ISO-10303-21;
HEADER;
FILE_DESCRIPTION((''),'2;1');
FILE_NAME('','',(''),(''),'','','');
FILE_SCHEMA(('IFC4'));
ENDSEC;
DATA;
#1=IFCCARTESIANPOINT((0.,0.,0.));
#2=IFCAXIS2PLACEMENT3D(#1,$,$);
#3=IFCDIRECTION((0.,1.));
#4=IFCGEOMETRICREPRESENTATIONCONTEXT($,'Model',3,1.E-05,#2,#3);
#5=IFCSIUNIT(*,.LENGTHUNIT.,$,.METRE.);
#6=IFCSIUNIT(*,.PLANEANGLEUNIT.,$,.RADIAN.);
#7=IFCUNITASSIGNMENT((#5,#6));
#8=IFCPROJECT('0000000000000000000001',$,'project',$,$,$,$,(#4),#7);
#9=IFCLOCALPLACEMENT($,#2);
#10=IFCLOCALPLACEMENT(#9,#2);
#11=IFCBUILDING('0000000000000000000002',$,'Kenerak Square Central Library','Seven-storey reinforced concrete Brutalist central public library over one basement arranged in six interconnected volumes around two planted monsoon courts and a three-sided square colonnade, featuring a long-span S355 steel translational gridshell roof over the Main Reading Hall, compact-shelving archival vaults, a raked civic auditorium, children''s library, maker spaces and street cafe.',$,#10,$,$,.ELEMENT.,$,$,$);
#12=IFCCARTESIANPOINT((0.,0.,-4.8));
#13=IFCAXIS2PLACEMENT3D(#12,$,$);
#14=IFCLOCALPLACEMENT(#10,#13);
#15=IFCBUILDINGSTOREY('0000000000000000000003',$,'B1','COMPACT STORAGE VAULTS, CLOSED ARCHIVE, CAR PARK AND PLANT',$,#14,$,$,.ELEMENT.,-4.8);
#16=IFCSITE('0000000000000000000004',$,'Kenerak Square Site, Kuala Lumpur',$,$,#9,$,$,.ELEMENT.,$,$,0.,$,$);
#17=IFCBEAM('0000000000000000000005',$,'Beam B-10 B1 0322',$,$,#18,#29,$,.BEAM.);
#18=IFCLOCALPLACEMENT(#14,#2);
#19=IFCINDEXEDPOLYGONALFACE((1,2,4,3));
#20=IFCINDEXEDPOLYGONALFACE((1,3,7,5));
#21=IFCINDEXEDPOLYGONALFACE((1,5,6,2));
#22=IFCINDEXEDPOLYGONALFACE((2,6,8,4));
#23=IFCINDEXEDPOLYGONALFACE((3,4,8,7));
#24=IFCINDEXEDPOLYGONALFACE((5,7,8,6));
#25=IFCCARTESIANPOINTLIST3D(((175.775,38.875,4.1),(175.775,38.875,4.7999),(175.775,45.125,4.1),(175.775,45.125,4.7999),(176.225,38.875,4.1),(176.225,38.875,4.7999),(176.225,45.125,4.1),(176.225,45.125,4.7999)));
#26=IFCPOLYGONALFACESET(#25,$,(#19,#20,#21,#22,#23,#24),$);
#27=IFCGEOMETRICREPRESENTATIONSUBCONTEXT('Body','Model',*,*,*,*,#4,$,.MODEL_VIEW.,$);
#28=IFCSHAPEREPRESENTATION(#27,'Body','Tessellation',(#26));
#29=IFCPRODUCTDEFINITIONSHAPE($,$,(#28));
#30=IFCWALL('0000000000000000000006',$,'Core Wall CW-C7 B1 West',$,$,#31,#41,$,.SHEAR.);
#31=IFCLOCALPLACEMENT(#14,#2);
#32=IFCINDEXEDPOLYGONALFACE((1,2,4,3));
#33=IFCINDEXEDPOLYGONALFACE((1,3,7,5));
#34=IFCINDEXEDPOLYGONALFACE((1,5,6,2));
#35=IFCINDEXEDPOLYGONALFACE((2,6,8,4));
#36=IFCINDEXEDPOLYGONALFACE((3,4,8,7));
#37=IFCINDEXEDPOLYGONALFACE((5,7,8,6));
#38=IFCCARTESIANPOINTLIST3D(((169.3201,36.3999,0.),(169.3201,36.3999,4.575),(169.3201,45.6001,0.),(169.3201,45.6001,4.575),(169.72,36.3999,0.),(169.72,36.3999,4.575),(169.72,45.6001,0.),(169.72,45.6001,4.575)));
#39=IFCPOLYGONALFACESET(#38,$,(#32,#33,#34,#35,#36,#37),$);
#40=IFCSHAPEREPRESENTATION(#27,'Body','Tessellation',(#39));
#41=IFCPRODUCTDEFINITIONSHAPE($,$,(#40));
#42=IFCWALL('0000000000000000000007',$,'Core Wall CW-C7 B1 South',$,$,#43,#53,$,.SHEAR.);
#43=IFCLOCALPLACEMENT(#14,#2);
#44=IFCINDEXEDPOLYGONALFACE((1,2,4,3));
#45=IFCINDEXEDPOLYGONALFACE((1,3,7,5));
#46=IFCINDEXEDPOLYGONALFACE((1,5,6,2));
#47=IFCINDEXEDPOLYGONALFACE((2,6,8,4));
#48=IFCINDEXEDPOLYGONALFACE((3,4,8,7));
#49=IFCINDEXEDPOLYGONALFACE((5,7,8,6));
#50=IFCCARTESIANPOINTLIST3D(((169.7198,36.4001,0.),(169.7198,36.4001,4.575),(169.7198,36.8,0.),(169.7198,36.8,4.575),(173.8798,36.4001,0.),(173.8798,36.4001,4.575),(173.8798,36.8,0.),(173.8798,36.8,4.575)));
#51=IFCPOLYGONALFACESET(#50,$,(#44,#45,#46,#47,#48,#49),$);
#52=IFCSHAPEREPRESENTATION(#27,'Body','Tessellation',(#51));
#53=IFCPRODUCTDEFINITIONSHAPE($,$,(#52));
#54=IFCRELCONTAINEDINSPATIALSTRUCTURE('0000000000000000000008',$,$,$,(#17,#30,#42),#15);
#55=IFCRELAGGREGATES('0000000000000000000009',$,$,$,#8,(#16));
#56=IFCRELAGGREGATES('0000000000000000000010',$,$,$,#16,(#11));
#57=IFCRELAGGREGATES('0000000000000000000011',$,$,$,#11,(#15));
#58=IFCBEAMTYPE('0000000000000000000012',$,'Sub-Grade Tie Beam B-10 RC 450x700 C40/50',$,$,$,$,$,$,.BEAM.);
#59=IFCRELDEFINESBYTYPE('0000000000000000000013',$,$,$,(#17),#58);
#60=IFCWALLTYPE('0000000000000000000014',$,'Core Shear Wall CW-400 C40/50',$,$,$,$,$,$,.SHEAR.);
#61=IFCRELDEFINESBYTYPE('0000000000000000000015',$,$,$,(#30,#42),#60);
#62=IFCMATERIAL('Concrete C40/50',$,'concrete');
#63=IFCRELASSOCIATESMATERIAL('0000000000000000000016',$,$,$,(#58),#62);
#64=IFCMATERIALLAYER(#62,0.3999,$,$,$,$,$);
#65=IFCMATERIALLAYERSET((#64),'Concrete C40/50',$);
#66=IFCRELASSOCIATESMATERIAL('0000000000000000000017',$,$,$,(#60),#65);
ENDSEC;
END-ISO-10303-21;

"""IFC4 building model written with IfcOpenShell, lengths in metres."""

from ifc_helpers import new_model, si_unit, direction, frame, frame_2d, origin, origin_2d, place, context, subcontext, project, spatial, rectangle, extrude, material, layer, layer_set, material_profile, profile_set, type_object, element, save


model = new_model("IFC4")

# Units and contexts
model_context = context("Model", 3, precision=1e-05, world=origin(), true_north=direction((0.0, 1.0)))
body_context = subcontext(model_context, "Body", "Model", "MODEL_VIEW")
ifc_project = project(units=[si_unit("LENGTHUNIT", "METRE"), si_unit("PLANEANGLEUNIT", "RADIAN")], contexts=[model_context])

# Site, building, storey
site_placement = place(None, origin())
site = spatial("IfcSite", under=ifc_project, at=site_placement, Name="Kenerak Square Site, Kuala Lumpur", CompositionType="ELEMENT", RefElevation=0.0)
building_placement = place(site_placement, origin())
building = spatial("IfcBuilding", under=site, at=building_placement, Name="Kenerak Square Central Library", Description="Seven-storey reinforced concrete Brutalist central public library over one basement arranged in six interconnected volumes around two planted monsoon courts and a three-sided square colonnade, featuring a long-span S355 steel translational gridshell roof over the Main Reading Hall, compact-shelving archival vaults, a raked civic auditorium, children's library, maker spaces and street cafe.", CompositionType="ELEMENT")
storey_placement = place(building_placement, frame((0.0, 0.0, -4.8)))
storey = spatial("IfcBuildingStorey", under=building, at=storey_placement, Name="B1", Description="COMPACT STORAGE VAULTS, CLOSED ARCHIVE, CAR PARK AND PLANT", CompositionType="ELEMENT", Elevation=-4.8)

# Shared definitions
ifc_material_1 = material(Name="Concrete C40/50", Category="concrete")

# Beam
ifc_material_profile_1 = material_profile(ifc_material_1, rectangle(XDim=0.45, YDim=0.7, at=origin_2d()), Name="RC 450x700")
ifc_profile_set_1 = profile_set([ifc_material_profile_1], Name="Concrete C40/50")
beam_type_1 = type_object("IfcBeamType", Name="Sub-Grade Tie Beam B-10 RC 450x700 C40/50", PredefinedType="BEAM", material=ifc_profile_set_1)
for number, where, z_axis, x_axis, name in (
    (1, (176.0, 38.875, 4.45), (0.0, 1.0, 0.0), (-1.0, 0.0, 0.0), "Beam B-10 B1 0322"),
):
    element("IfcBeam", number, at=place(storey_placement, frame(where, z_axis=z_axis, x_axis=x_axis)), inside=storey, type_object=beam_type_1, Name=name, PredefinedType="BEAM", context=body_context, shape_type="SweptSolid", body=[
        extrude(rectangle(XDim=0.45, YDim=0.7, at=origin_2d()), origin(), (0.0, 0.0, 1.0), 6.25),
    ])

# Walls
ifc_layer = layer(ifc_material_1, 0.3999)
ifc_layer_set = layer_set([ifc_layer], Name="Concrete C40/50")
wall_type = type_object("IfcWallType", Name="Core Shear Wall CW-400 C40/50", PredefinedType="SHEAR", material=ifc_layer_set)
wall_1_placement = place(storey_placement, frame((169.52, 36.3999, 0.0), z_axis=(0.0, 0.0, 1.0), x_axis=(0.0, 1.0, 0.0)))
element("IfcWall", 2, at=wall_1_placement, inside=storey, type_object=wall_type, Name="Core Wall CW-C7 B1 West", PredefinedType="SHEAR", context=body_context, shape_type="SweptSolid", body=[
    extrude(rectangle(XDim=9.2002, YDim=0.3999, at=frame_2d((4.6001, 0.0))), origin(), (0.0, 0.0, 1.0), 4.575),
])
wall_2_placement = place(storey_placement, frame((173.8799, 36.6001, 0.0), z_axis=(0.0, 0.0, 1.0), x_axis=(-1.0, 0.0, 0.0)))
element("IfcWall", 3, at=wall_2_placement, inside=storey, type_object=wall_type, Name="Core Wall CW-C7 B1 South", PredefinedType="SHEAR", context=body_context, shape_type="SweptSolid", body=[
    extrude(rectangle(XDim=4.1599, YDim=0.3999, at=frame_2d((2.0801, 0.0))), origin(), (0.0, 0.0, 1.0), 4.575),
])

save(model, "model.ifc")
